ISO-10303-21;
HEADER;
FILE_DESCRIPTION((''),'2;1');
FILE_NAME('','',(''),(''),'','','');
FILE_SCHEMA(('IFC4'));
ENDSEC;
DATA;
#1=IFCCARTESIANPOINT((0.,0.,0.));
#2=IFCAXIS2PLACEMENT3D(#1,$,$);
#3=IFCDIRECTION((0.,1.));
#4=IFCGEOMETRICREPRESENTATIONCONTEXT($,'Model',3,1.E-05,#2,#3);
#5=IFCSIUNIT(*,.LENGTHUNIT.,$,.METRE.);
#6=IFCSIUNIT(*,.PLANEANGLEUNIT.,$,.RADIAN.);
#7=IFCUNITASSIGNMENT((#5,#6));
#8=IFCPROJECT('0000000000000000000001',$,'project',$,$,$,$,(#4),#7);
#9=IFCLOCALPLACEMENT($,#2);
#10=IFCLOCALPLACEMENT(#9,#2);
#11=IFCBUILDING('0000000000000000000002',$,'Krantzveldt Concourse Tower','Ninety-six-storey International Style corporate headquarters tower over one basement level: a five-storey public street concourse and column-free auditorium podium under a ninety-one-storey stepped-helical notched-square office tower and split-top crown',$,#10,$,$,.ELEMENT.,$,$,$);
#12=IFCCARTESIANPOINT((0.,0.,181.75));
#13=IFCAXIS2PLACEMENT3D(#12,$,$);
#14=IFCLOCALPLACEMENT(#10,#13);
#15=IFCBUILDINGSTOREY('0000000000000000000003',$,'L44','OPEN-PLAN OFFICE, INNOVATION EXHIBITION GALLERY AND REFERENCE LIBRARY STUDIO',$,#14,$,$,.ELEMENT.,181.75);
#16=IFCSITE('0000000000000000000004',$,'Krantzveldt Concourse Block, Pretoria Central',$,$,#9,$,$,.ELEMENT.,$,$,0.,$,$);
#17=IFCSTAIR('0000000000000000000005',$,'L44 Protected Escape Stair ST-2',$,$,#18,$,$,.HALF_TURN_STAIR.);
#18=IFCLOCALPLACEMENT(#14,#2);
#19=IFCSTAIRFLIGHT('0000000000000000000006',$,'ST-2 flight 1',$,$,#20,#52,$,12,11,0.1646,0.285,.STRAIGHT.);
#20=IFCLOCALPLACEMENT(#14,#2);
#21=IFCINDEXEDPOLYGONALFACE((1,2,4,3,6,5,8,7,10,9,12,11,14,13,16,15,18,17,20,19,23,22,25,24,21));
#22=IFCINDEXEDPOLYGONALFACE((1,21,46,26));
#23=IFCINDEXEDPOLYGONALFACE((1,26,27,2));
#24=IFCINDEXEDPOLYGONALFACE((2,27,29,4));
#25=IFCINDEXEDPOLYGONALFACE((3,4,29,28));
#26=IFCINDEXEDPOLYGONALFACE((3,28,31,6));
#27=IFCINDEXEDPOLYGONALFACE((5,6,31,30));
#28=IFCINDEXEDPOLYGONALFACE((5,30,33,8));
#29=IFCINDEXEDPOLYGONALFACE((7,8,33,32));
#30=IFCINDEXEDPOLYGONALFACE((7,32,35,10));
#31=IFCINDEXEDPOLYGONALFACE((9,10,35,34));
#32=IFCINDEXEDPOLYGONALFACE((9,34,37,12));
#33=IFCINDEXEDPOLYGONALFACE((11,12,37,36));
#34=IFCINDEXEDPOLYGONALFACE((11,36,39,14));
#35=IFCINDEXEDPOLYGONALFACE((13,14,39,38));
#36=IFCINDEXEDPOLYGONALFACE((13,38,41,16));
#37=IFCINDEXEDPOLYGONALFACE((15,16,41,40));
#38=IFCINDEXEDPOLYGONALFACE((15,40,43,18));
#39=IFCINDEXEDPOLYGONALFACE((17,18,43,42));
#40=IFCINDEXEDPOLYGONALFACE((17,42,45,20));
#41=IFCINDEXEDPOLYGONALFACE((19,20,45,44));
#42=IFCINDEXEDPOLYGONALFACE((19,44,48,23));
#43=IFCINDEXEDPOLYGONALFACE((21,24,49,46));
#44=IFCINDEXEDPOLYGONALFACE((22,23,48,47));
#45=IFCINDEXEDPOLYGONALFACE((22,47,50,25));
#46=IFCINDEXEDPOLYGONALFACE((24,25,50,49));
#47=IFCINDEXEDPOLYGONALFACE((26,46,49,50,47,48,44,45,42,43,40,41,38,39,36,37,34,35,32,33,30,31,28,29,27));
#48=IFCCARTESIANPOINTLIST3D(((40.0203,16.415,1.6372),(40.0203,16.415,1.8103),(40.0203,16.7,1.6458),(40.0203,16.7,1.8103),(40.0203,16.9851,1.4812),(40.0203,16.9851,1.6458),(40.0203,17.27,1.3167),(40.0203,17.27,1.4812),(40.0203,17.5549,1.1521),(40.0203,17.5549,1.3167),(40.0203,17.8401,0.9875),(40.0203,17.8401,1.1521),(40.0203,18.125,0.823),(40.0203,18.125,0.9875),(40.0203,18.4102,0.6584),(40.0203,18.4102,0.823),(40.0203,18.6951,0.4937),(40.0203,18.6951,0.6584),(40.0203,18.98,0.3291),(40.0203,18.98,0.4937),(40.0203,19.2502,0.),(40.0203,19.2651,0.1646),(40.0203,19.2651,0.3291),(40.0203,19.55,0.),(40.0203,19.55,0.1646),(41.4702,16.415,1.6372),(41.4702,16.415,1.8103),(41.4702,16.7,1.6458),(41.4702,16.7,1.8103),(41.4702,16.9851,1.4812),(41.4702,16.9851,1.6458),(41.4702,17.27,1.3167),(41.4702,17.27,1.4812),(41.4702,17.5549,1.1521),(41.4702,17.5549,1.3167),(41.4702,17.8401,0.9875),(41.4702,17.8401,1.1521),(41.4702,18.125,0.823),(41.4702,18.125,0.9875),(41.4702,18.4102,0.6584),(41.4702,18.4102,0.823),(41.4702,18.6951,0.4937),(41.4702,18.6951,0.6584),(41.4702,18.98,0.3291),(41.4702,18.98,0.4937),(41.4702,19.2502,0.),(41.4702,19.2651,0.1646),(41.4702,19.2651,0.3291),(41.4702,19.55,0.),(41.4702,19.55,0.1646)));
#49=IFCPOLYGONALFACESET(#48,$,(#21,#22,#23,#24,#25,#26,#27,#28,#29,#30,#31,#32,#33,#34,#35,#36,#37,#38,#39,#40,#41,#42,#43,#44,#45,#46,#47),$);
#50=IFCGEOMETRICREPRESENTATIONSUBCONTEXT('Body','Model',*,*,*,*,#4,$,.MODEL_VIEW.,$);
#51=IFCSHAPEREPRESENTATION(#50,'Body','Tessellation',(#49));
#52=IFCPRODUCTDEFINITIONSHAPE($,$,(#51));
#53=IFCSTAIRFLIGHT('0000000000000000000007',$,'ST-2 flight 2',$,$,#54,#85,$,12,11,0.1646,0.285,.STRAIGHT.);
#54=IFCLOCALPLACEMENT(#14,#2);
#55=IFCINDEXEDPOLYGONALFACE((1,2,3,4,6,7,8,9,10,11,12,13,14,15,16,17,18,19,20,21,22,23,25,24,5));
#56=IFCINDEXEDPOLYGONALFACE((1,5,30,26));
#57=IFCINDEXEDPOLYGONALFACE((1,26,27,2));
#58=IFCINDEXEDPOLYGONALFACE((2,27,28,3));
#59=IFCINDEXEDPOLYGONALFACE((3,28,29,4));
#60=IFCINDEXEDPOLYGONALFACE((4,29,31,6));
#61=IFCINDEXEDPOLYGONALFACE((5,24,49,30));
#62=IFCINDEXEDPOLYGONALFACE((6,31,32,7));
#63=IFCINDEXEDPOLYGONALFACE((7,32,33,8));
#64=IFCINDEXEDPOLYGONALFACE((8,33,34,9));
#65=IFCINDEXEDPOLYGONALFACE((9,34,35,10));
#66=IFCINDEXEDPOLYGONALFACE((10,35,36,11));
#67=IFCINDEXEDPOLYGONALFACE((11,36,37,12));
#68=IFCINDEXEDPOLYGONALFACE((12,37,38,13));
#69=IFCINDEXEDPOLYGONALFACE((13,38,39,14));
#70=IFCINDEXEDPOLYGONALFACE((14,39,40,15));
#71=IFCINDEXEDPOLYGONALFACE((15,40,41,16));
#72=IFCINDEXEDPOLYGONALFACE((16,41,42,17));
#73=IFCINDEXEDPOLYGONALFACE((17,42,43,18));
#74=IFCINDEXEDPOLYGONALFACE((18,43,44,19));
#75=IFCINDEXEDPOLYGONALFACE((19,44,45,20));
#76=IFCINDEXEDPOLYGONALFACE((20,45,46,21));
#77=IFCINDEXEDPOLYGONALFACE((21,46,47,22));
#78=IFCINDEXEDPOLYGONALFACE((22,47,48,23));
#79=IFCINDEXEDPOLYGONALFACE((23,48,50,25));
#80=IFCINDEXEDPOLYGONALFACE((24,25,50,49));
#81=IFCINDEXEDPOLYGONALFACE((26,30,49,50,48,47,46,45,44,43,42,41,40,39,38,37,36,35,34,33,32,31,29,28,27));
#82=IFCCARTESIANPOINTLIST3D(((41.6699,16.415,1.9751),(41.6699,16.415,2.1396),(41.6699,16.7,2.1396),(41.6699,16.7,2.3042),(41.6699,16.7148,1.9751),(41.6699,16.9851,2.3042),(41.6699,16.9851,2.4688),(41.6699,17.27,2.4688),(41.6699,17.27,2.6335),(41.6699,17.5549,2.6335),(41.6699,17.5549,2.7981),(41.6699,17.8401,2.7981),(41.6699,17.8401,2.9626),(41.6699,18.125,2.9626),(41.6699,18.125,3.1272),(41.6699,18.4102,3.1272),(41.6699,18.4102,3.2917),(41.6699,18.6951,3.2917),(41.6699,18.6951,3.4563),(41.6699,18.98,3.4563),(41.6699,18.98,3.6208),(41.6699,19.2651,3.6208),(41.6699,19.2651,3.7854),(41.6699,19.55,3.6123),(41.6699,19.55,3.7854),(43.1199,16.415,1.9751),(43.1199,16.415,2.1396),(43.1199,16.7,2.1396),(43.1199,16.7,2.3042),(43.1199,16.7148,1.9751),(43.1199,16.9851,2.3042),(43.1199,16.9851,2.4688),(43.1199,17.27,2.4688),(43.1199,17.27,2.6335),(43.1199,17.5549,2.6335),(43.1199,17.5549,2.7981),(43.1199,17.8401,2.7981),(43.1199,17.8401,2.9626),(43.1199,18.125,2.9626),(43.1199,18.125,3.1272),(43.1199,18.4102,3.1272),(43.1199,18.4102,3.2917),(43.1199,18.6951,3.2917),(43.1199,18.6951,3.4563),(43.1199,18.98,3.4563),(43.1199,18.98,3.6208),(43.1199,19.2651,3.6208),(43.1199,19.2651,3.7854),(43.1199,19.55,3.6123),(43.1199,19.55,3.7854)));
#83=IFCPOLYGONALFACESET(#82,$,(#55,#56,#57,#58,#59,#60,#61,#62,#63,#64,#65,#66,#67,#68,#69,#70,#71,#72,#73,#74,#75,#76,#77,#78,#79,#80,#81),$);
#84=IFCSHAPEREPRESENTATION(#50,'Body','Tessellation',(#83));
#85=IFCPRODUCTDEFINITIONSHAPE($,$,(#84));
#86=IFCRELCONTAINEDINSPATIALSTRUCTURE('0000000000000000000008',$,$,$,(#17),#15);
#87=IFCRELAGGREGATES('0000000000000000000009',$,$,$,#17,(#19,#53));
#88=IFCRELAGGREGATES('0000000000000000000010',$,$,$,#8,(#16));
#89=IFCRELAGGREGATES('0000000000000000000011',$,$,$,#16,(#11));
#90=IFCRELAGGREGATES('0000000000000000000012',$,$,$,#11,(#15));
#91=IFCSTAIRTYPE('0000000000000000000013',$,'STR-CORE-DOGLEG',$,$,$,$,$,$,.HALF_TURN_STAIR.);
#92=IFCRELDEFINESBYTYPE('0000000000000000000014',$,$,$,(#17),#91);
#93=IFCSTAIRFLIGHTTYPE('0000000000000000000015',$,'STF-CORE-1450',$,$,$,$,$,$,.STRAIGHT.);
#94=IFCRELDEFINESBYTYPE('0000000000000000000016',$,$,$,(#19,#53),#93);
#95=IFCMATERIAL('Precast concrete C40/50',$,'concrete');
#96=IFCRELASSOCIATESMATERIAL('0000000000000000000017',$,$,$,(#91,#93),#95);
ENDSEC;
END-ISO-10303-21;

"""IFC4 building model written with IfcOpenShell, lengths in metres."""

from ifc_helpers import new_model, si_unit, direction, frame, origin, place, context, subcontext, project, spatial, polyline, outline, extrude, material, type_object, element, aggregate, save


model = new_model("IFC4")

# Units and contexts
model_context = context("Model", 3, precision=1e-05, world=origin(), true_north=direction((0.0, 1.0)))
body_context = subcontext(model_context, "Body", "Model", "MODEL_VIEW")
ifc_project = project(units=[si_unit("LENGTHUNIT", "METRE"), si_unit("PLANEANGLEUNIT", "RADIAN")], contexts=[model_context])

# Site, building, storey
site_placement = place(None, origin())
site = spatial("IfcSite", under=ifc_project, at=site_placement, Name="Krantzveldt Concourse Block, Pretoria Central", CompositionType="ELEMENT", RefElevation=0.0)
building_placement = place(site_placement, origin())
building = spatial("IfcBuilding", under=site, at=building_placement, Name="Krantzveldt Concourse Tower", Description="Ninety-six-storey International Style corporate headquarters tower over one basement level: a five-storey public street concourse and column-free auditorium podium under a ninety-one-storey stepped-helical notched-square office tower and split-top crown", CompositionType="ELEMENT")
storey_placement = place(building_placement, frame((0.0, 0.0, 181.75)))
storey = spatial("IfcBuildingStorey", under=building, at=storey_placement, Name="L44", Description="OPEN-PLAN OFFICE, INNOVATION EXHIBITION GALLERY AND REFERENCE LIBRARY STUDIO", CompositionType="ELEMENT", Elevation=181.75)

# Stair, stair flights
ifc_material_1 = material(Name="Precast concrete C40/50", Category="concrete")
stair_type = type_object("IfcStairType", Name="STR-CORE-DOGLEG", PredefinedType="HALF_TURN_STAIR", material=ifc_material_1)
stair_placement = place(storey_placement, origin())
stair = element("IfcStair", 1, at=stair_placement, inside=storey, type_object=stair_type, Name="L44 Protected Escape Stair ST-2", PredefinedType="HALF_TURN_STAIR")
stair_flight_type = type_object("IfcStairFlightType", Name="STF-CORE-1450", PredefinedType="STRAIGHT", material=ifc_material_1)
stair_flight_1_placement = place(storey_placement, frame((40.7451, 19.55, 0.0), z_axis=(0.0, 0.0, 1.0), x_axis=(0.0, -1.0, 0.0)))
stair_flight_1 = element("IfcStairFlight", 2, at=stair_flight_1_placement, type_object=stair_flight_type, Name="ST-2 flight 1", NumberOfRisers=12, NumberOfTreads=11, PredefinedType="STRAIGHT", RiserHeight=0.1646, TreadLength=0.285, context=body_context, shape_type="SweptSolid", body=[
    extrude(outline(polyline([(0.0, 0.0), (0.0, 0.1646), (0.2849, 0.1646), (0.2849, 0.3291), (0.5701, 0.3291), (0.5701, 0.4937), (0.855, 0.4937), (0.855, 0.6584), (1.1399, 0.6584), (1.1399, 0.823), (1.425, 0.823), (1.425, 0.9875), (1.71, 0.9875), (1.71, 1.1521), (1.9951, 1.1521), (1.9951, 1.3167), (2.28, 1.3167), (2.28, 1.4812), (2.5649, 1.4812), (2.5649, 1.6458), (2.8501, 1.6458), (2.8501, 1.8103), (3.135, 1.8103), (3.135, 1.9751), (3.135, 1.6372), (0.2998, 0.0), (0.0, 0.0)])), frame((0.0, 0.7251, 0.0), z_axis=(0.0, -1.0, 0.0), x_axis=(1.0, 0.0, 0.0)), (0.0, 0.0, 1.0), 1.45),
])
stair_flight_2_placement = place(storey_placement, frame((42.395, 16.415, 1.9751), z_axis=(0.0, 0.0, 1.0), x_axis=(0.0, 1.0, 0.0)))
stair_flight_2 = element("IfcStairFlight", 3, at=stair_flight_2_placement, type_object=stair_flight_type, Name="ST-2 flight 2", NumberOfRisers=12, NumberOfTreads=11, PredefinedType="STRAIGHT", RiserHeight=0.1646, TreadLength=0.285, context=body_context, shape_type="SweptSolid", body=[
    extrude(outline(polyline([(0.0, 0.0), (0.0, 0.1646), (0.2849, 0.1646), (0.2849, 0.3291), (0.5701, 0.3291), (0.5701, 0.4937), (0.855, 0.4937), (0.855, 0.6584), (1.1399, 0.6584), (1.1399, 0.823), (1.425, 0.823), (1.425, 0.9875), (1.71, 0.9875), (1.71, 1.1521), (1.9951, 1.1521), (1.9951, 1.3167), (2.28, 1.3167), (2.28, 1.4812), (2.5649, 1.4812), (2.5649, 1.6458), (2.8501, 1.6458), (2.8501, 1.8103), (3.135, 1.8103), (3.135, 1.9751), (3.135, 1.6372), (0.2998, 0.0), (0.0, 0.0)])), frame((0.0, 0.7251, 0.0), z_axis=(0.0, -1.0, 0.0), x_axis=(1.0, 0.0, 0.0)), (0.0, 0.0, 1.0), 1.45),
])
aggregate(stair, [stair_flight_1, stair_flight_2])

save(model, "model.ifc")
